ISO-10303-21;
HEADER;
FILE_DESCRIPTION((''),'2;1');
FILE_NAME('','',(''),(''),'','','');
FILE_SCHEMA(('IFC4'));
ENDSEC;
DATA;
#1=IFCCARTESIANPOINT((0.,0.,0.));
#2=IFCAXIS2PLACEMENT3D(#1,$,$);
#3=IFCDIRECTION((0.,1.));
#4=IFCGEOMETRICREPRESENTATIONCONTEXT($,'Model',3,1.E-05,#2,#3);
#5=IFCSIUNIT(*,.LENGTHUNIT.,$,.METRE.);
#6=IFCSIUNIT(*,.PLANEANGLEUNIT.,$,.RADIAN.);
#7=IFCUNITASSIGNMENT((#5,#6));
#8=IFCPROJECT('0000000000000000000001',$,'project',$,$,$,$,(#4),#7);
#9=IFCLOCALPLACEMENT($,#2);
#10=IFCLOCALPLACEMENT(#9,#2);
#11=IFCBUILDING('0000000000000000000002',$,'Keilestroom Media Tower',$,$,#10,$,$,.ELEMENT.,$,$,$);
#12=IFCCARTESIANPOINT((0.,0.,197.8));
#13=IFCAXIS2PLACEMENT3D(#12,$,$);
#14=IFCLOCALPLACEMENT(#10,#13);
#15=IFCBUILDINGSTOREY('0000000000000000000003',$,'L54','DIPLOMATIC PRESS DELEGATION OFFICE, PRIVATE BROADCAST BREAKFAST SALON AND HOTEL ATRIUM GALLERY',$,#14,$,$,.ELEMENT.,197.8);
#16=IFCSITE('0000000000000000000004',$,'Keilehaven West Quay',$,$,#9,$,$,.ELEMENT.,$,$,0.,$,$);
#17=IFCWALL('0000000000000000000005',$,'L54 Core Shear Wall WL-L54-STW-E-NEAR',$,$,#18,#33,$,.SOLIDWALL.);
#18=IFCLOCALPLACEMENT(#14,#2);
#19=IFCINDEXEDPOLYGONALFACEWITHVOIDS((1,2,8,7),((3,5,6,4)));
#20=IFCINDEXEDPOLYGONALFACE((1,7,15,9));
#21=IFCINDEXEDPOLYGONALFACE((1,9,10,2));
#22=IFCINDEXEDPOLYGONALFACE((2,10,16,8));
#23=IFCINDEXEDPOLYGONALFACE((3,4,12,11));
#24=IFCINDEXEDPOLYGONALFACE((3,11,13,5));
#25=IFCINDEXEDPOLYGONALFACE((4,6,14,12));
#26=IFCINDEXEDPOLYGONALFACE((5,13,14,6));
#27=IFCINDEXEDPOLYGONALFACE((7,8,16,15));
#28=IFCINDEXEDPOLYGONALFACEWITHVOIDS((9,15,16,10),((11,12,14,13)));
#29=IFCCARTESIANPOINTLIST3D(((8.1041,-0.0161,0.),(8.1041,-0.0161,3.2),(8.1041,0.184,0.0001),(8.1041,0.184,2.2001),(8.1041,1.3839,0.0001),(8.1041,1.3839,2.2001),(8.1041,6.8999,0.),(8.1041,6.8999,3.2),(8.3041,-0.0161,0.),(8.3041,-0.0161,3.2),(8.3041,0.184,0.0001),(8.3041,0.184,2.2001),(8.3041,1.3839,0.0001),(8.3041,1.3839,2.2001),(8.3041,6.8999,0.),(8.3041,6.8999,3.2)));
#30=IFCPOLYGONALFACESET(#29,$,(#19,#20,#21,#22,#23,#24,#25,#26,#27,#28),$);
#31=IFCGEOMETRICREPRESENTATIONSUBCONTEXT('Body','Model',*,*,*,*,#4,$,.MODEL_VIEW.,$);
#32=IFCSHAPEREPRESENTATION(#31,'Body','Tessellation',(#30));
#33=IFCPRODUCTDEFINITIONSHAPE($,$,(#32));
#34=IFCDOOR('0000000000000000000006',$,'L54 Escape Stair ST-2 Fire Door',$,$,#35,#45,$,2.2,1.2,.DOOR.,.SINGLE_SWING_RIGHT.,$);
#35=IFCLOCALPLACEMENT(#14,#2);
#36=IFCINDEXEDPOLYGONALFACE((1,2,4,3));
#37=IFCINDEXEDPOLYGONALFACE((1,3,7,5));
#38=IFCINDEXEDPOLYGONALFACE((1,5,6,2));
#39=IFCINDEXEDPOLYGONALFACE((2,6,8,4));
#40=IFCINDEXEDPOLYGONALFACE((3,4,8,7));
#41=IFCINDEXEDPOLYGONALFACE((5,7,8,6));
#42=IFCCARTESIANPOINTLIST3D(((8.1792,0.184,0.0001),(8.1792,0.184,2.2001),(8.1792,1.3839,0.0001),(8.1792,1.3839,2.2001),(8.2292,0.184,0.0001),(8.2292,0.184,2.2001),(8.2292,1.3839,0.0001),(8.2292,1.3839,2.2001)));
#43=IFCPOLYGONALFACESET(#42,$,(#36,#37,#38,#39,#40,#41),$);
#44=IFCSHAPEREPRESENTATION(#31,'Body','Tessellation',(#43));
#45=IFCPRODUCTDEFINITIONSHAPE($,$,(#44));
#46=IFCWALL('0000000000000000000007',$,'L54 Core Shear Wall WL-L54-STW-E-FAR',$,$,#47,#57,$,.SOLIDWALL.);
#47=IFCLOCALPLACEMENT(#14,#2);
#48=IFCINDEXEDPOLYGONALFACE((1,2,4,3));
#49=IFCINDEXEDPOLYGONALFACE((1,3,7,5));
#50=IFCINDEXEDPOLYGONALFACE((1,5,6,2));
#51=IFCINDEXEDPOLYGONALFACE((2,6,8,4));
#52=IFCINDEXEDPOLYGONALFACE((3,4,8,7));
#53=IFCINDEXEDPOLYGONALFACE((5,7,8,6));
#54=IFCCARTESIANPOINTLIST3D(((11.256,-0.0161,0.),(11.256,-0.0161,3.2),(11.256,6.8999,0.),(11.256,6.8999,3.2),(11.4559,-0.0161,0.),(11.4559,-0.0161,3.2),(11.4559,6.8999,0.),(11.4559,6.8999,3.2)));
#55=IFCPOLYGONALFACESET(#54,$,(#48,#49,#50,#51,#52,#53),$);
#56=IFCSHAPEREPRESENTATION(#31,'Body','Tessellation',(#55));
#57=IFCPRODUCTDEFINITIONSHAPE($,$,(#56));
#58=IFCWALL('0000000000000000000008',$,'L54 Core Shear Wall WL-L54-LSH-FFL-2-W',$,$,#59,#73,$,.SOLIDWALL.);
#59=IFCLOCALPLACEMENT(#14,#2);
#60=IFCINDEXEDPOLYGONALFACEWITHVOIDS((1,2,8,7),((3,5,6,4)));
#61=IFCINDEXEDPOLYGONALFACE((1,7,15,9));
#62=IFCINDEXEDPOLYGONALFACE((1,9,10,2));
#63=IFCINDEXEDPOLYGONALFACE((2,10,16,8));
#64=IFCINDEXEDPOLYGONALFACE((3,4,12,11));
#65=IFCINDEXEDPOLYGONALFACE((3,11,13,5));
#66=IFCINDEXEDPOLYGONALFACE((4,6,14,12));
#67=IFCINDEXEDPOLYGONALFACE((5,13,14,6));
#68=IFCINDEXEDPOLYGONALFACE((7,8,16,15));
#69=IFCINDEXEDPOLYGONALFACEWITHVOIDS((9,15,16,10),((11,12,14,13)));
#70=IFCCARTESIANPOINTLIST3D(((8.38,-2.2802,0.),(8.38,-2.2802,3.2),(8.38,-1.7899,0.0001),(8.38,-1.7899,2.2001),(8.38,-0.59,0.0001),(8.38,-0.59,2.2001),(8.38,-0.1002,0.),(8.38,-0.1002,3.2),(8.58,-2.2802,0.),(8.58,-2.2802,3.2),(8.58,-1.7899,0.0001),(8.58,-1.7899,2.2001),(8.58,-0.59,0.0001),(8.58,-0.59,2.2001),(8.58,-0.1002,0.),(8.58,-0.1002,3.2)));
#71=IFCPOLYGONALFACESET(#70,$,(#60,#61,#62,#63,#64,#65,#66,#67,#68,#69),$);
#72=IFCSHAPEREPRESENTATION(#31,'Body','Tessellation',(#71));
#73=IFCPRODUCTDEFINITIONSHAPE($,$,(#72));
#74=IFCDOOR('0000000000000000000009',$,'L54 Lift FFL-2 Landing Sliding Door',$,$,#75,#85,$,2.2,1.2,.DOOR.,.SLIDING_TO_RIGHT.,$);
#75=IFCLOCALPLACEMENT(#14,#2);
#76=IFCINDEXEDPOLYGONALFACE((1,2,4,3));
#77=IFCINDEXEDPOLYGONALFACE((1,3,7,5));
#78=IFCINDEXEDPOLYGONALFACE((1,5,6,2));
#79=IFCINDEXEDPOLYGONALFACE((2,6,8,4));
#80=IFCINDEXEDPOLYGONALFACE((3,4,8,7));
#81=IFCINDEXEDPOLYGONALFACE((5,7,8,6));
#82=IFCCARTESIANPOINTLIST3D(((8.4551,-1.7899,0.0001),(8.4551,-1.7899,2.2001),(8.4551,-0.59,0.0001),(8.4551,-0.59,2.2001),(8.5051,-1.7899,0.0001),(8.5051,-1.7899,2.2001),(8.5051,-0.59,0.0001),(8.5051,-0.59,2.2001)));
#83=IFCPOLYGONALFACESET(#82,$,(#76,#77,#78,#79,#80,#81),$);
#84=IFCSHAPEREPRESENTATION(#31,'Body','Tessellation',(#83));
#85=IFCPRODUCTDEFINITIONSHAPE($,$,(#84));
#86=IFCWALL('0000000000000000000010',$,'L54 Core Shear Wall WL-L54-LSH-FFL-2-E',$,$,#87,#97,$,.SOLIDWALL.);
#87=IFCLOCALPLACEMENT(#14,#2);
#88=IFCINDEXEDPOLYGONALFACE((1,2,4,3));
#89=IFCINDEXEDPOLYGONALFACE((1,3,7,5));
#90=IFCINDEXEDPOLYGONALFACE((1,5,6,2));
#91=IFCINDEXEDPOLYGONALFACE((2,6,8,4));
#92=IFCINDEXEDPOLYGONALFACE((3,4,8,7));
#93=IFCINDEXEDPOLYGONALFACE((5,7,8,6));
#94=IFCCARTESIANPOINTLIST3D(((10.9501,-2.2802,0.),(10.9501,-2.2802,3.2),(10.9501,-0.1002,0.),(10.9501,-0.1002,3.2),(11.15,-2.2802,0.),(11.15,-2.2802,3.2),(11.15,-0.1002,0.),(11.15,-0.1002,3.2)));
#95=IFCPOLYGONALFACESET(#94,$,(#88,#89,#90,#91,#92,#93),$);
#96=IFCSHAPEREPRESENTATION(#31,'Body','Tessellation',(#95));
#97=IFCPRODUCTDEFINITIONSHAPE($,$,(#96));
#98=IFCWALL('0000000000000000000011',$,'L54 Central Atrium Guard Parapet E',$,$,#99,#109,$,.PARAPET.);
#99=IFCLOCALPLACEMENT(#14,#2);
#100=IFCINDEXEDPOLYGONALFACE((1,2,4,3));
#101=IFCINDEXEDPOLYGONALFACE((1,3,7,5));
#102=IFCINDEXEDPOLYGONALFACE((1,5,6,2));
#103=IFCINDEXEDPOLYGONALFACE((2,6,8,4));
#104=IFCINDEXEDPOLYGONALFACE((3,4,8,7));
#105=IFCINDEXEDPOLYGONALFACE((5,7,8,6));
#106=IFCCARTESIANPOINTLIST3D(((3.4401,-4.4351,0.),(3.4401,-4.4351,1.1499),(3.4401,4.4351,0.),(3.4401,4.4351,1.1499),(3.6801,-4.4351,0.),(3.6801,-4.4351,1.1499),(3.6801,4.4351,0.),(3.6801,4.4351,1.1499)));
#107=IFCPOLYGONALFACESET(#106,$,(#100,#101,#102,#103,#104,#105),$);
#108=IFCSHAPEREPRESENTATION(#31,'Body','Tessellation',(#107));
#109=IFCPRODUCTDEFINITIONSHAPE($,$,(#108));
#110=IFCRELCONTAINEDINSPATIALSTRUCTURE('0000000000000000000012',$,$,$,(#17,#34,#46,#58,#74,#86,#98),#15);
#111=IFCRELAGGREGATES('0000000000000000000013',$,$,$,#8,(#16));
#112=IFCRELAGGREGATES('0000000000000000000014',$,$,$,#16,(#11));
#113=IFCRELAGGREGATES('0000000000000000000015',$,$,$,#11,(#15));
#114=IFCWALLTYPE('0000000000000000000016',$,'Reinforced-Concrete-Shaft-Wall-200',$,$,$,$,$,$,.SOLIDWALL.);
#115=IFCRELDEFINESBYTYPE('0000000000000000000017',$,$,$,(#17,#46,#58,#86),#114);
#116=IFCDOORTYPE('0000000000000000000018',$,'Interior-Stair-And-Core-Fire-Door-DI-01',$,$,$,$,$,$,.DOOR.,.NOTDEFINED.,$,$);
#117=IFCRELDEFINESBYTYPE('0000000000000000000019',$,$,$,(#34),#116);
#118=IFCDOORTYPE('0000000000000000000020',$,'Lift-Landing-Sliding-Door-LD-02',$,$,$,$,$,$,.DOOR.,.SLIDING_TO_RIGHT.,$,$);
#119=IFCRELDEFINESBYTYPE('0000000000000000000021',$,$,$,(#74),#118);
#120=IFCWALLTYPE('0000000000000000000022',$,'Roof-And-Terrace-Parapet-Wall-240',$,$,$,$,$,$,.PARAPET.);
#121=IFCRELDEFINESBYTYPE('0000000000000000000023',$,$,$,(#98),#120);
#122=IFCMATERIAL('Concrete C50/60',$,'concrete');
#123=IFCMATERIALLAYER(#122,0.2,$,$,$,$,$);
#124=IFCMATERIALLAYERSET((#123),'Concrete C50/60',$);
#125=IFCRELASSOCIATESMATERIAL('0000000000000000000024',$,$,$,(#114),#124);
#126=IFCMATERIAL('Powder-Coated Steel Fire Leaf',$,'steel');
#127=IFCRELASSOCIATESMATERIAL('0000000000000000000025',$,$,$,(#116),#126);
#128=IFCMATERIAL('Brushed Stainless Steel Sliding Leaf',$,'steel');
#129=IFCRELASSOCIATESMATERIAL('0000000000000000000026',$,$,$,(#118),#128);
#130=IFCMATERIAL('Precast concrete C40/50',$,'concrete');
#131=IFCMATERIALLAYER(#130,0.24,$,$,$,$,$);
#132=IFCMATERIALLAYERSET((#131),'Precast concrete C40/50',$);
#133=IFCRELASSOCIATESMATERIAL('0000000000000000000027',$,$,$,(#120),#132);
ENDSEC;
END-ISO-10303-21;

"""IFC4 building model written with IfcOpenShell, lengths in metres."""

from ifc_helpers import new_model, si_unit, direction, frame, frame_2d, origin, place, context, subcontext, project, spatial, rectangle, extrude, source, transform, mapped, material, layer, layer_set, type_object, element, fill, save


model = new_model("IFC4")

# Units and contexts
model_context = context("Model", 3, precision=1e-05, world=origin(), true_north=direction((0.0, 1.0)))
body_context = subcontext(model_context, "Body", "Model", "MODEL_VIEW")
ifc_project = project(units=[si_unit("LENGTHUNIT", "METRE"), si_unit("PLANEANGLEUNIT", "RADIAN")], contexts=[model_context])

# Site, building, storey
site_placement = place(None, origin())
site = spatial("IfcSite", under=ifc_project, at=site_placement, Name="Keilehaven West Quay", CompositionType="ELEMENT", RefElevation=0.0)
building_placement = place(site_placement, origin())
building = spatial("IfcBuilding", under=site, at=building_placement, Name="Keilestroom Media Tower", CompositionType="ELEMENT")
storey_placement = place(building_placement, frame((0.0, 0.0, 197.8)))
storey = spatial("IfcBuildingStorey", under=building, at=storey_placement, Name="L54", Description="DIPLOMATIC PRESS DELEGATION OFFICE, PRIVATE BROADCAST BREAKFAST SALON AND HOTEL ATRIUM GALLERY", CompositionType="ELEMENT", Elevation=197.8)

# Shared definitions
ifc_material_1 = material(Name="Powder-Coated Steel Fire Leaf", Category="steel")
shared_shape_1 = source(origin(), body_context, "Body", "SweptSolid", [
    extrude(rectangle(XDim=1.2, YDim=2.2, at=frame_2d((0.6001, 1.1001))), frame((0.0, 0.0249, 0.0), z_axis=(0.0, -1.0, 0.0), x_axis=(1.0, 0.0, 0.0)), (0.0, 0.0, 1.0), 0.05),
])

# Shared definitions
ifc_material_2 = material(Name="Concrete C50/60", Category="concrete")
ifc_layer_1 = layer(ifc_material_2, 0.2)
ifc_layer_set_1 = layer_set([ifc_layer_1], Name="Concrete C50/60")
wall_type_1 = type_object("IfcWallType", Name="Reinforced-Concrete-Shaft-Wall-200", PredefinedType="SOLIDWALL", material=ifc_layer_set_1)

# Wall, opening, door
wall_1_placement = place(storey_placement, frame((8.2041, -0.0161, 0.0), z_axis=(0.0, 0.0, 1.0), x_axis=(0.0, 1.0, 0.0)))
wall_1 = element("IfcWall", 1, at=wall_1_placement, inside=storey, type_object=wall_type_1, Name="L54 Core Shear Wall WL-L54-STW-E-NEAR", PredefinedType="SOLIDWALL", context=body_context, shape_type="SweptSolid", body=[
    extrude(rectangle(XDim=6.916, YDim=0.2, at=frame_2d((3.458, 0.0))), origin(), (0.0, 0.0, 1.0), 3.2),
])
opening_1_placement = place(wall_1_placement, frame((0.2, 0.0, 0.0)))
opening_1 = element("IfcOpeningElement", 2, at=opening_1_placement, cuts=wall_1, PredefinedType="OPENING", context=body_context, shape_type="SweptSolid", body=[
    extrude(rectangle(XDim=1.2, YDim=2.2, at=frame_2d((0.6001, 1.1001))), frame((0.0, 0.1099, 0.0), z_axis=(0.0, -1.0, 0.0), x_axis=(1.0, 0.0, 0.0)), (0.0, 0.0, 1.0), 0.22),
])
door_type_1 = type_object("IfcDoorType", Name="Interior-Stair-And-Core-Fire-Door-DI-01", OperationType="NOTDEFINED", PredefinedType="DOOR", material=ifc_material_1)
door_1_placement = place(opening_1_placement, origin())
door_1 = element("IfcDoor", 3, at=door_1_placement, inside=storey, type_object=door_type_1, Name="L54 Escape Stair ST-2 Fire Door", OperationType="SINGLE_SWING_RIGHT", OverallHeight=2.2, OverallWidth=1.2, PredefinedType="DOOR", context=body_context, shape_type="MappedRepresentation", body=[
    mapped(shared_shape_1, transform((0.0, 0.0, 0.0), x_axis=(1.0, 0.0, 0.0), y_axis=(0.0, 1.0, 0.0), z_axis=(0.0, 0.0, 1.0), scale=1.0)),
])
fill(opening_1, door_1)

# Wall
wall_2_placement = place(storey_placement, frame((11.356, -0.0161, 0.0), z_axis=(0.0, 0.0, 1.0), x_axis=(0.0, 1.0, 0.0)))
element("IfcWall", 4, at=wall_2_placement, inside=storey, type_object=wall_type_1, Name="L54 Core Shear Wall WL-L54-STW-E-FAR", PredefinedType="SOLIDWALL", context=body_context, shape_type="SweptSolid", body=[
    extrude(rectangle(XDim=6.916, YDim=0.2, at=frame_2d((3.458, 0.0))), origin(), (0.0, 0.0, 1.0), 3.2),
])

# Wall, opening, door
wall_3_placement = place(storey_placement, frame((8.48, -2.28, 0.0), z_axis=(0.0, 0.0, 1.0), x_axis=(0.0, 1.0, 0.0)))
wall_3 = element("IfcWall", 5, at=wall_3_placement, inside=storey, type_object=wall_type_1, Name="L54 Core Shear Wall WL-L54-LSH-FFL-2-W", PredefinedType="SOLIDWALL", context=body_context, shape_type="SweptSolid", body=[
    extrude(rectangle(XDim=2.1799, YDim=0.2, at=frame_2d((1.0898, 0.0))), origin(), (0.0, 0.0, 1.0), 3.2),
])
opening_2_placement = place(wall_3_placement, frame((0.49, 0.0, 0.0)))
opening_2 = element("IfcOpeningElement", 6, at=opening_2_placement, cuts=wall_3, PredefinedType="OPENING", context=body_context, shape_type="SweptSolid", body=[
    extrude(rectangle(XDim=1.2, YDim=2.2, at=frame_2d((0.6001, 1.1001))), frame((0.0, 0.1099, 0.0), z_axis=(0.0, -1.0, 0.0), x_axis=(1.0, 0.0, 0.0)), (0.0, 0.0, 1.0), 0.22),
])
ifc_material_3 = material(Name="Brushed Stainless Steel Sliding Leaf", Category="steel")
door_type_2 = type_object("IfcDoorType", Name="Lift-Landing-Sliding-Door-LD-02", OperationType="SLIDING_TO_RIGHT", PredefinedType="DOOR", material=ifc_material_3)
door_2_placement = place(opening_2_placement, origin())
door_2 = element("IfcDoor", 7, at=door_2_placement, inside=storey, type_object=door_type_2, Name="L54 Lift FFL-2 Landing Sliding Door", OperationType="SLIDING_TO_RIGHT", OverallHeight=2.2, OverallWidth=1.2, PredefinedType="DOOR", context=body_context, shape_type="MappedRepresentation", body=[
    mapped(shared_shape_1, transform((0.0, 0.0, 0.0), x_axis=(1.0, 0.0, 0.0), y_axis=(0.0, 1.0, 0.0), z_axis=(0.0, 0.0, 1.0), scale=1.0)),
])
fill(opening_2, door_2)

# Walls
wall_4_placement = place(storey_placement, frame((11.05, -2.28, 0.0), z_axis=(0.0, 0.0, 1.0), x_axis=(0.0, 1.0, 0.0)))
element("IfcWall", 8, at=wall_4_placement, inside=storey, type_object=wall_type_1, Name="L54 Core Shear Wall WL-L54-LSH-FFL-2-E", PredefinedType="SOLIDWALL", context=body_context, shape_type="SweptSolid", body=[
    extrude(rectangle(XDim=2.1799, YDim=0.2, at=frame_2d((1.0898, 0.0))), origin(), (0.0, 0.0, 1.0), 3.2),
])
ifc_material_4 = material(Name="Precast concrete C40/50", Category="concrete")
ifc_layer_2 = layer(ifc_material_4, 0.24)
ifc_layer_set_2 = layer_set([ifc_layer_2], Name="Precast concrete C40/50")
wall_type_2 = type_object("IfcWallType", Name="Roof-And-Terrace-Parapet-Wall-240", PredefinedType="PARAPET", material=ifc_layer_set_2)
wall_5_placement = place(storey_placement, frame((3.5601, -4.4351, 0.0), z_axis=(0.0, 0.0, 1.0), x_axis=(0.0, 1.0, 0.0)))
element("IfcWall", 9, at=wall_5_placement, inside=storey, type_object=wall_type_2, Name="L54 Central Atrium Guard Parapet E", PredefinedType="PARAPET", context=body_context, shape_type="SweptSolid", body=[
    extrude(rectangle(XDim=8.8701, YDim=0.24, at=frame_2d((4.4351, 0.0))), origin(), (0.0, 0.0, 1.0), 1.1499),
])

save(model, "model.ifc")
